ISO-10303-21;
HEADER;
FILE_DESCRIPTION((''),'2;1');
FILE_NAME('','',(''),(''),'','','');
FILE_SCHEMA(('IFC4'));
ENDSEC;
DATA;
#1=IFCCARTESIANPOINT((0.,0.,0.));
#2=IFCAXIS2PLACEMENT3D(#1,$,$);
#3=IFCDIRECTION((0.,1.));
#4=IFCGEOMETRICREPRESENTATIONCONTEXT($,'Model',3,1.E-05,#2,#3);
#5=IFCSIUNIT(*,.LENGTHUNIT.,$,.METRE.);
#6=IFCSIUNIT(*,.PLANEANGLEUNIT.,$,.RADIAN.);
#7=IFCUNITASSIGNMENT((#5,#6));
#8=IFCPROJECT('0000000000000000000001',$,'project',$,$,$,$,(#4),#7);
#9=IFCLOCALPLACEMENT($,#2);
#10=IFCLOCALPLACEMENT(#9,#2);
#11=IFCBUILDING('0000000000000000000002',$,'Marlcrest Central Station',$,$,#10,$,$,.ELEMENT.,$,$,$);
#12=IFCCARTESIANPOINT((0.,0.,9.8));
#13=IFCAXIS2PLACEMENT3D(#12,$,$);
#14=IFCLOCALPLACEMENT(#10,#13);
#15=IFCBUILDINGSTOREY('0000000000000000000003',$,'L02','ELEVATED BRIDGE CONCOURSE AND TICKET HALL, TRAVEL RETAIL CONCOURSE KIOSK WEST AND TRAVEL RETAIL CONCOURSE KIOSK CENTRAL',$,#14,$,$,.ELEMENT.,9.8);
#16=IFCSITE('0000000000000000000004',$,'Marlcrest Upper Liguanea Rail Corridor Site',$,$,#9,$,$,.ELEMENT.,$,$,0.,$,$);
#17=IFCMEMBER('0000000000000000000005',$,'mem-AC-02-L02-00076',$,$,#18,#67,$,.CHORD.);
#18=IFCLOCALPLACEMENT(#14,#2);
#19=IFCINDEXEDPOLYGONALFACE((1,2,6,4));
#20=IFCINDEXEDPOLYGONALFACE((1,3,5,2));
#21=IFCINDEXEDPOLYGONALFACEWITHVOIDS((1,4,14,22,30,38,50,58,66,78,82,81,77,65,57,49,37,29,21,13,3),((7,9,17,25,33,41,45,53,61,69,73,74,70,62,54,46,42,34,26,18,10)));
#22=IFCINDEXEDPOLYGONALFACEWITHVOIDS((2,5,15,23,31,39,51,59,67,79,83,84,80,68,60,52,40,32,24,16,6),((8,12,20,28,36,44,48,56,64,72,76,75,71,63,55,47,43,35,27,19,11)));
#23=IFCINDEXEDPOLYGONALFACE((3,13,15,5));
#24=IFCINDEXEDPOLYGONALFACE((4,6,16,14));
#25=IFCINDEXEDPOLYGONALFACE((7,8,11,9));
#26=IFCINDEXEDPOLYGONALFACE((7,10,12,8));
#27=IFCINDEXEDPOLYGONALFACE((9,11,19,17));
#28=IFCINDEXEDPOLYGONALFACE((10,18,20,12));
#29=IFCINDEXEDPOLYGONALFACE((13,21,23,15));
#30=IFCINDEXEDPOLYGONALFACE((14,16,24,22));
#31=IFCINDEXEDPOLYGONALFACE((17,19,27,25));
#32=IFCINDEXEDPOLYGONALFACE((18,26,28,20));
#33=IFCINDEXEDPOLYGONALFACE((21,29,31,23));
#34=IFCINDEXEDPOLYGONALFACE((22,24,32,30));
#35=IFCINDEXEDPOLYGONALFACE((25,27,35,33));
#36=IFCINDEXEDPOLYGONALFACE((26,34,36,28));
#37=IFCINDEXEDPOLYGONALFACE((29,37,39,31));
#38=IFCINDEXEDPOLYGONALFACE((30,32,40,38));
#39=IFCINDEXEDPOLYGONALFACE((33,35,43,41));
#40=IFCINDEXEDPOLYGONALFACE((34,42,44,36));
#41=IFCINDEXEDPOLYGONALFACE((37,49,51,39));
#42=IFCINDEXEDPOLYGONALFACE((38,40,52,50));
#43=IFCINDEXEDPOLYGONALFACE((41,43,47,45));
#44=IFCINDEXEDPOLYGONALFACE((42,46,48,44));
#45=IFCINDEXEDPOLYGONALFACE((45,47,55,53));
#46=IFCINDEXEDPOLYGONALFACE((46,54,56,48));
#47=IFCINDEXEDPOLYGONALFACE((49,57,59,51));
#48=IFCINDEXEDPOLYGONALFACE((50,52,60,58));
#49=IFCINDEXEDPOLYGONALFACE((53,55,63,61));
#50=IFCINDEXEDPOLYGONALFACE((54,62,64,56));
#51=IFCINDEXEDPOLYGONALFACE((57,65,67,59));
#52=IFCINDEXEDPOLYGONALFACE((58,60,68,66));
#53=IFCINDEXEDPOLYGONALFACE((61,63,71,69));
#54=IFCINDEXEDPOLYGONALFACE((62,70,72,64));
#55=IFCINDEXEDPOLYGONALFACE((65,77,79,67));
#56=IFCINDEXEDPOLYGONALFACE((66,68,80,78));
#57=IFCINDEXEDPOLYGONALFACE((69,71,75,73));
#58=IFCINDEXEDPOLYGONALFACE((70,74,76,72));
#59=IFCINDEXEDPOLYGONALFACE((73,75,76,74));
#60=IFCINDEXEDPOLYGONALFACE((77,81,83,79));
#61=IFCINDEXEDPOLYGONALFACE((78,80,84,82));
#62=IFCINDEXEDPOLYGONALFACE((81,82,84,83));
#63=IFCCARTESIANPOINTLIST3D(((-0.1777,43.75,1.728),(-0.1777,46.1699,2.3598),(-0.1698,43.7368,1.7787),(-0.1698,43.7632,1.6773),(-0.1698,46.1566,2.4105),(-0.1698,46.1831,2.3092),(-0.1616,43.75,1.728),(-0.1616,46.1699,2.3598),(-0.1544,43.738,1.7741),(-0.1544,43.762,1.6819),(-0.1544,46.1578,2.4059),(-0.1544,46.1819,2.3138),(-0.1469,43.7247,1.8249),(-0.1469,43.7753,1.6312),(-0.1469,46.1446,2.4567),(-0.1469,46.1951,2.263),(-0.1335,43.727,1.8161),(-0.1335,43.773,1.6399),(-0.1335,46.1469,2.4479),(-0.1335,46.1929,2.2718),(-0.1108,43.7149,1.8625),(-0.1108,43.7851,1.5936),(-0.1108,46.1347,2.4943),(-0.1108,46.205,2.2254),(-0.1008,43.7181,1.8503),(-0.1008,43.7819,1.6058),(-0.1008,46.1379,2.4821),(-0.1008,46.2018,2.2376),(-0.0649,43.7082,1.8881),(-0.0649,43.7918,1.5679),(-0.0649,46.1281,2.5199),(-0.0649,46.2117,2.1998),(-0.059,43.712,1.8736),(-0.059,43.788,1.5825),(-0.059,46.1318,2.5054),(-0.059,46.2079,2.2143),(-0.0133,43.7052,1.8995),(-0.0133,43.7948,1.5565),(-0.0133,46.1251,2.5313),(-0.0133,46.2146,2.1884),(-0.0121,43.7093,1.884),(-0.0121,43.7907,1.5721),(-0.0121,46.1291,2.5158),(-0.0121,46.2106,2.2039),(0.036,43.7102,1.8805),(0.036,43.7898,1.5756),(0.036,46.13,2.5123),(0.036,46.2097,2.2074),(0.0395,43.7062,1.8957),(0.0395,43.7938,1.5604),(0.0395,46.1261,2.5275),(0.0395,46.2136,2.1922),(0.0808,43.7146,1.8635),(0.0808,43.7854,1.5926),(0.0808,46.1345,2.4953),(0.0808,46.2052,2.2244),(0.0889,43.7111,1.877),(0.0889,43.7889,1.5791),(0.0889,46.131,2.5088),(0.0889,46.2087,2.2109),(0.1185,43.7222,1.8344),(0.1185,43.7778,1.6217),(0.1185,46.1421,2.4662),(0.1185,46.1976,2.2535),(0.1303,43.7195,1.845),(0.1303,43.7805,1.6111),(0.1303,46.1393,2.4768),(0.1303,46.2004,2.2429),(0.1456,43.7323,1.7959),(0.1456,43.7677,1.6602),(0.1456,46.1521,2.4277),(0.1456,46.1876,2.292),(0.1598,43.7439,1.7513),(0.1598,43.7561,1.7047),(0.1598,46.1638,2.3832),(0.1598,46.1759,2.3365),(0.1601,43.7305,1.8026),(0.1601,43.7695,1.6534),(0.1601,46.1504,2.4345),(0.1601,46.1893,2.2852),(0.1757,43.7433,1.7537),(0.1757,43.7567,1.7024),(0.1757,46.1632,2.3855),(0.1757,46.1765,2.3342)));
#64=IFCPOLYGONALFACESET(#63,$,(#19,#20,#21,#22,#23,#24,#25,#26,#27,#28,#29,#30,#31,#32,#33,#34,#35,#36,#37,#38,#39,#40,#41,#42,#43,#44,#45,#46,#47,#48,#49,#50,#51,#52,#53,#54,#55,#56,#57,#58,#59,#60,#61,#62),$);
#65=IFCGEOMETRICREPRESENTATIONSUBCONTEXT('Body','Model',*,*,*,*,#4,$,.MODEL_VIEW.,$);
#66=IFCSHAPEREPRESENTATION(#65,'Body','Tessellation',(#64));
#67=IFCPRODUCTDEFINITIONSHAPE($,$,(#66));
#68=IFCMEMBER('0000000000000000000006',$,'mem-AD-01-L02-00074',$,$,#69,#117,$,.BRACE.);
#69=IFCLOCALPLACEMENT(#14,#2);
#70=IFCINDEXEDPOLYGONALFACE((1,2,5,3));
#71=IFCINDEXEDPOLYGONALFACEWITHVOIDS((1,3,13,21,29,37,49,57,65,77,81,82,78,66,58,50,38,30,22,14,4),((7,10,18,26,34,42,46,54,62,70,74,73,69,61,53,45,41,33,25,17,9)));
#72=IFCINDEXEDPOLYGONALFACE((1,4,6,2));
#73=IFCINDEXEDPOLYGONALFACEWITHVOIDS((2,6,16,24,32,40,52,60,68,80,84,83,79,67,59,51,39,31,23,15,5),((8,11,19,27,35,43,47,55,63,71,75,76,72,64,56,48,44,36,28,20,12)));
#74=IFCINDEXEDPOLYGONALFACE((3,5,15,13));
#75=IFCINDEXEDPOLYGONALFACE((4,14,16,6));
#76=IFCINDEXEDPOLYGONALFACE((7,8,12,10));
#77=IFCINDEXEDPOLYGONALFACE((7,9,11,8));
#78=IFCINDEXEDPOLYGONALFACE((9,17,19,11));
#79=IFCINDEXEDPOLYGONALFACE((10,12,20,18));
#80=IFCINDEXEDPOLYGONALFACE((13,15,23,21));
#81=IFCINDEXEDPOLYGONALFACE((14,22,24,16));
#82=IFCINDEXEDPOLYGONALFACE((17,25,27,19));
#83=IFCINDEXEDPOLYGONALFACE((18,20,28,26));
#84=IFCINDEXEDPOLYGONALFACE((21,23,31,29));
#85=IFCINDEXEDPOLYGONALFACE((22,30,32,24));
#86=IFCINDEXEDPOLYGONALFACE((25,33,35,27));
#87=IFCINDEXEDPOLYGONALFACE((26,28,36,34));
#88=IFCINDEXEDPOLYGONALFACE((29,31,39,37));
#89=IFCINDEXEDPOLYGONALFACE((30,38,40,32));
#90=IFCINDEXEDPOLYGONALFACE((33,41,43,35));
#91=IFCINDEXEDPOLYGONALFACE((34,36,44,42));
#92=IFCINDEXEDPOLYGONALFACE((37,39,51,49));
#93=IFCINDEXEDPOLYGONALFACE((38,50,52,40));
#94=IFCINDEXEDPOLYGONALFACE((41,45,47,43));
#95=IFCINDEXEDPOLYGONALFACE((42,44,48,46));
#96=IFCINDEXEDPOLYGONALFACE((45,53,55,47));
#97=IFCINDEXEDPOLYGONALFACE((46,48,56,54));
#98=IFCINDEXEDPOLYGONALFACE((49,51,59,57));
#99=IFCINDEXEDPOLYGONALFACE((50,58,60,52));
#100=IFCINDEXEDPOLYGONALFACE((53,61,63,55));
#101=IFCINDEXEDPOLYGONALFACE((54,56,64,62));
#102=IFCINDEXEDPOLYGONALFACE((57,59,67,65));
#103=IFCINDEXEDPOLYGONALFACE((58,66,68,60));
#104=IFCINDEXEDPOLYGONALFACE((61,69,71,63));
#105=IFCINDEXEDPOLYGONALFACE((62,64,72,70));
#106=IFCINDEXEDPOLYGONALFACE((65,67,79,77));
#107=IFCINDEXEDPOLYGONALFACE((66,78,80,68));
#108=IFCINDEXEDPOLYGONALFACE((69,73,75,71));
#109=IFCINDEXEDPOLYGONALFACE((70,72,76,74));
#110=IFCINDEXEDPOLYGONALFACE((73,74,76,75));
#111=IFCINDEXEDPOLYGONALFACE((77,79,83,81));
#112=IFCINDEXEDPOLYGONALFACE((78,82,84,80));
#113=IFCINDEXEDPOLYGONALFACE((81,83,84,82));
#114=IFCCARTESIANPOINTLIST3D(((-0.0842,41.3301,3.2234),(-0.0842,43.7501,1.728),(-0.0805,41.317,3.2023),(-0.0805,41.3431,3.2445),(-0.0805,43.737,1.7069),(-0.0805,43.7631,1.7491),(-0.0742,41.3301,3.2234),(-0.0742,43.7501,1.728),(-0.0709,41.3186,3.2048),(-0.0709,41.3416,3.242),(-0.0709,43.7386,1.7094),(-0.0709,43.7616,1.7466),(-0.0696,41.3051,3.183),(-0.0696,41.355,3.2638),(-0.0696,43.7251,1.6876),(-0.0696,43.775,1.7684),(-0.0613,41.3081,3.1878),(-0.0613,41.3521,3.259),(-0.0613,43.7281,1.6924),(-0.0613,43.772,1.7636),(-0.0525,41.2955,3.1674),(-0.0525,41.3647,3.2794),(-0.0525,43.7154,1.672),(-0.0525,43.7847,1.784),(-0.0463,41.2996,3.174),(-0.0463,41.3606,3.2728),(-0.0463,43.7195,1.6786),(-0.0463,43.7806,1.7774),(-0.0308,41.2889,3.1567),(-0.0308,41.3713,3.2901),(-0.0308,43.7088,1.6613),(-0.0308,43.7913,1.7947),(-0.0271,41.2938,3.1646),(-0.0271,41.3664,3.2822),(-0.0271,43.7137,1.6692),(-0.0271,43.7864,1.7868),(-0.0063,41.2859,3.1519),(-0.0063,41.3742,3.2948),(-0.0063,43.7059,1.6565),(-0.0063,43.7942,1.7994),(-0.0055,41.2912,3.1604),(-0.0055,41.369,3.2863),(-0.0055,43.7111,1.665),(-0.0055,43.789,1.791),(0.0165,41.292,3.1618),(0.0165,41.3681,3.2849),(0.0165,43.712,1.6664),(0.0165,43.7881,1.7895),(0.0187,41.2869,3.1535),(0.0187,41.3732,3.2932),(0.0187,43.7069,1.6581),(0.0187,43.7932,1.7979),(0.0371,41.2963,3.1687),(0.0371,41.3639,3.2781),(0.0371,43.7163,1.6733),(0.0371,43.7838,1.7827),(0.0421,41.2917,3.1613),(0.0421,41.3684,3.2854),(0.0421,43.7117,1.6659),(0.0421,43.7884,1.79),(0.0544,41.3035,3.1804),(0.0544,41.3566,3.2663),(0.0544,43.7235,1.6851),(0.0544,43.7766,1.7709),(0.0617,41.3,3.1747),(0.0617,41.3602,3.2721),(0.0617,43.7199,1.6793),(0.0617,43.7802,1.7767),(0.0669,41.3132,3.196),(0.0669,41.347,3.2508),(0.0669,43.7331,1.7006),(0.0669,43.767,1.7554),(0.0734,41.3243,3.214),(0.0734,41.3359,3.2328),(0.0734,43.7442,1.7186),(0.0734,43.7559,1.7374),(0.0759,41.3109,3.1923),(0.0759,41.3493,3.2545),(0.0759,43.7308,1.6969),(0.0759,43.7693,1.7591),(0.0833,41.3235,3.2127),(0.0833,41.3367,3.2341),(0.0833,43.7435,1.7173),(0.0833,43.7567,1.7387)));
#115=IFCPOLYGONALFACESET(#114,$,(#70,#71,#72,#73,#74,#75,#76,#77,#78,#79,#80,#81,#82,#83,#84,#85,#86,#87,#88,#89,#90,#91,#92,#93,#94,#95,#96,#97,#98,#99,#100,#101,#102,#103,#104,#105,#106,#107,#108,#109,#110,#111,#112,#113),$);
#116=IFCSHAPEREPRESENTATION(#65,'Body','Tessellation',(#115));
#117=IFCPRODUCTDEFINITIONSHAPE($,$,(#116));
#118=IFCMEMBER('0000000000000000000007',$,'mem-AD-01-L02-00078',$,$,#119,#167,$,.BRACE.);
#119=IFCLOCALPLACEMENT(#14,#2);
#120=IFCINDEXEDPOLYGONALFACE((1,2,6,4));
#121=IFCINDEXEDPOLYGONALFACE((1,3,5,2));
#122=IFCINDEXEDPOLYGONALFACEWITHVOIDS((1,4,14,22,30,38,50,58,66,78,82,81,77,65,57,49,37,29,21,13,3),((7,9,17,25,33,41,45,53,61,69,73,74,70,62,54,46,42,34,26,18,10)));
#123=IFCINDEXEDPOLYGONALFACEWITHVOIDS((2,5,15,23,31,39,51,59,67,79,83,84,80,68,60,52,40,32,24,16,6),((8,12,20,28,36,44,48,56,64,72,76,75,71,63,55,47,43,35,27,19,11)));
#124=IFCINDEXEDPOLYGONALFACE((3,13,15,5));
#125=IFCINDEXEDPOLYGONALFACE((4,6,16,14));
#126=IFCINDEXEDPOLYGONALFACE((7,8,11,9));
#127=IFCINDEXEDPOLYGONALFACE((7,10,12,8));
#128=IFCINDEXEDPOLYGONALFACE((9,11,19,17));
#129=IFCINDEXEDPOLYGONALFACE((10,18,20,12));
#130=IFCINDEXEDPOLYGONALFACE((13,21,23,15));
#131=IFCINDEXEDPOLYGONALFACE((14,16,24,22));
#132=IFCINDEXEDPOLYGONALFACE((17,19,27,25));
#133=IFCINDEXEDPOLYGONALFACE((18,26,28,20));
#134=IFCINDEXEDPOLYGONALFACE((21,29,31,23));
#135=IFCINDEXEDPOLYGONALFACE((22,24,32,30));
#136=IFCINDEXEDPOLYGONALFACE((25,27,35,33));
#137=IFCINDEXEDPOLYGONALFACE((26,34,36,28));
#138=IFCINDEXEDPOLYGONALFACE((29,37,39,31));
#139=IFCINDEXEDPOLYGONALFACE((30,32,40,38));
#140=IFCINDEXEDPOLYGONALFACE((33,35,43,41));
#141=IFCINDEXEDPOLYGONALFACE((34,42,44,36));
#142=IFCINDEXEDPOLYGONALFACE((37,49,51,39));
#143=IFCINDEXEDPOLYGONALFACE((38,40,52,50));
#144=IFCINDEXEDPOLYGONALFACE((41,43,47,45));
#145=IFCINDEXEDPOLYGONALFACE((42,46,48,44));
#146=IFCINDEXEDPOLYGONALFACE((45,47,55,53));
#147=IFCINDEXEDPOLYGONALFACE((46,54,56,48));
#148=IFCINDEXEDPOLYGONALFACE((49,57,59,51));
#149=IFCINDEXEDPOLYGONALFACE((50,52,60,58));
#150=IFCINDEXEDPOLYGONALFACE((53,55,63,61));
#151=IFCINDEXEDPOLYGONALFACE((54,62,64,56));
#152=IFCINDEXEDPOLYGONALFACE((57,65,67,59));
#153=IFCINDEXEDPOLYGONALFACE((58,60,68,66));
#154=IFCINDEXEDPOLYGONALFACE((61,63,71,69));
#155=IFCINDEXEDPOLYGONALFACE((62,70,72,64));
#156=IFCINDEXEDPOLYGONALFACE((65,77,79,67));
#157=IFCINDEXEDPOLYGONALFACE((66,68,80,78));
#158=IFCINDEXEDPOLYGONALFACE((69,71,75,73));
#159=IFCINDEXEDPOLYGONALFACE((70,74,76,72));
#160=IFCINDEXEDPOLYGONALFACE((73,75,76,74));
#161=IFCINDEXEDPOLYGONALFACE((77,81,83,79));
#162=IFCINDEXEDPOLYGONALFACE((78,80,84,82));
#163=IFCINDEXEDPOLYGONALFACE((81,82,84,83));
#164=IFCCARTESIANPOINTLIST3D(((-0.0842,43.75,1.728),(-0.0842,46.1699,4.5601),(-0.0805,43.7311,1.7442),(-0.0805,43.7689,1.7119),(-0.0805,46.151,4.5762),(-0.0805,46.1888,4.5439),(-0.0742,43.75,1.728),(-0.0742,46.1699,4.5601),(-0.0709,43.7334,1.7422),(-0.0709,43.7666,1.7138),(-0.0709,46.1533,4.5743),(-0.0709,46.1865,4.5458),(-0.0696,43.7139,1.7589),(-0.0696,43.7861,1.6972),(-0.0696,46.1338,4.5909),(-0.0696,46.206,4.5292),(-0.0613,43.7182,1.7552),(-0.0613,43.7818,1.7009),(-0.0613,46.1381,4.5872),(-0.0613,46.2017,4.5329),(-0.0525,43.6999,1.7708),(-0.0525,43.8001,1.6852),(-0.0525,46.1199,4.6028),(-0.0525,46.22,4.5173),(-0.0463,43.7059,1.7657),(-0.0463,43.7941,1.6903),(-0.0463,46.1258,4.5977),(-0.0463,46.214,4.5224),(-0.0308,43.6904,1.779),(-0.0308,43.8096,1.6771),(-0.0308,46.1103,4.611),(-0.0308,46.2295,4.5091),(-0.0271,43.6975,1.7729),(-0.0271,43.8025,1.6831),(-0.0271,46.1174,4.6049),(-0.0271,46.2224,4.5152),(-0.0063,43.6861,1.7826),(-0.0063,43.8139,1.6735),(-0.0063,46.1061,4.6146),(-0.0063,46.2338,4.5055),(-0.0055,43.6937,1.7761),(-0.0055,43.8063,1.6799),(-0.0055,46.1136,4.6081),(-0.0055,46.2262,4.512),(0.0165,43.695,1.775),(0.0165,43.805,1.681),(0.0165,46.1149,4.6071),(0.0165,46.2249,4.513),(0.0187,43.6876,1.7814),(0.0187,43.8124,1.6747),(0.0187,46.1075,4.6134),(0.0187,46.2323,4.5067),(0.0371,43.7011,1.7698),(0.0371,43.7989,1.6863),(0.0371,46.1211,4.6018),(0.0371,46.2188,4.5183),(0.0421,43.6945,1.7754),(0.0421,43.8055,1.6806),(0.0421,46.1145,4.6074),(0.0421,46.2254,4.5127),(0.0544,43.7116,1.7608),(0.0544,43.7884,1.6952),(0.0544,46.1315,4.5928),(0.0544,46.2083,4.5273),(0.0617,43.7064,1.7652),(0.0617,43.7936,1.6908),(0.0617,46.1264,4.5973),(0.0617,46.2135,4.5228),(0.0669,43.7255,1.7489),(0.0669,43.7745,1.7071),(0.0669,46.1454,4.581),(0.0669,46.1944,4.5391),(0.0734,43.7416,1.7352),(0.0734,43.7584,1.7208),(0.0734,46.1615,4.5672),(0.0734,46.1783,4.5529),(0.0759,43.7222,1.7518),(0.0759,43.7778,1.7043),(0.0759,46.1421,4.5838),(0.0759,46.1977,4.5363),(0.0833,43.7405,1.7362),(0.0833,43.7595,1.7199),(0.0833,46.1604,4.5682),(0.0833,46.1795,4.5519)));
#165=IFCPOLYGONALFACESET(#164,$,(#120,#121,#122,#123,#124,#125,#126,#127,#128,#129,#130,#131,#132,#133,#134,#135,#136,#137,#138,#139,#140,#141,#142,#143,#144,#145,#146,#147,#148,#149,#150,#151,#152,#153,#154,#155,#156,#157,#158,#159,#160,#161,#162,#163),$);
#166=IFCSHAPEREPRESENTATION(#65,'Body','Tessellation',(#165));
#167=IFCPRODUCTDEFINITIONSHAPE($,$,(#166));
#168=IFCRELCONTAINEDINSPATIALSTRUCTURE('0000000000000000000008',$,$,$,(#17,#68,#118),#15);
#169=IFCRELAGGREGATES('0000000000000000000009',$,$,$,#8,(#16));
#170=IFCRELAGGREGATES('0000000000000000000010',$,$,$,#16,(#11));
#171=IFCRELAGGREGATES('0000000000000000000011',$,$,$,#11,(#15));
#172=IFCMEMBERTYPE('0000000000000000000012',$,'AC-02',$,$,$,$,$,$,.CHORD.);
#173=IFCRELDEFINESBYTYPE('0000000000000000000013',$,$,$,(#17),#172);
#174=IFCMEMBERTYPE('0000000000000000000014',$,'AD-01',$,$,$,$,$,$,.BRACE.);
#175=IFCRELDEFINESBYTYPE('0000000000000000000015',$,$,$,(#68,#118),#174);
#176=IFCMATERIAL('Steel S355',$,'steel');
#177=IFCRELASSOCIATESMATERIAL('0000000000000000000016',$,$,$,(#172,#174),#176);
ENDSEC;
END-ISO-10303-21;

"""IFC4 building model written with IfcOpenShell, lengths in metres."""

from ifc_helpers import new_model, si_unit, direction, frame, origin, origin_2d, place, context, subcontext, project, spatial, hollow_circle, extrude, material, material_profile, profile_set, type_object, element, save


model = new_model("IFC4")

# Units and contexts
model_context = context("Model", 3, precision=1e-05, world=origin(), true_north=direction((0.0, 1.0)))
body_context = subcontext(model_context, "Body", "Model", "MODEL_VIEW")
ifc_project = project(units=[si_unit("LENGTHUNIT", "METRE"), si_unit("PLANEANGLEUNIT", "RADIAN")], contexts=[model_context])

# Site, building, storey
site_placement = place(None, origin())
site = spatial("IfcSite", under=ifc_project, at=site_placement, Name="Marlcrest Upper Liguanea Rail Corridor Site", CompositionType="ELEMENT", RefElevation=0.0)
building_placement = place(site_placement, origin())
building = spatial("IfcBuilding", under=site, at=building_placement, Name="Marlcrest Central Station", CompositionType="ELEMENT")
storey_placement = place(building_placement, frame((0.0, 0.0, 9.8)))
storey = spatial("IfcBuildingStorey", under=building, at=storey_placement, Name="L02", Description="ELEVATED BRIDGE CONCOURSE AND TICKET HALL, TRAVEL RETAIL CONCOURSE KIOSK WEST AND TRAVEL RETAIL CONCOURSE KIOSK CENTRAL", CompositionType="ELEMENT", Elevation=9.8)

# Members
ifc_material = material(Name="Steel S355", Category="steel")
ifc_material_profile_1 = material_profile(ifc_material, hollow_circle(Radius=0.1777, WallThickness=0.0161, at=origin_2d()), Name="CHS 355.6x16")
ifc_profile_set_1 = profile_set([ifc_material_profile_1], Name="Steel S355")
member_type_1 = type_object("IfcMemberType", Name="AC-02", PredefinedType="CHORD", material=ifc_profile_set_1)
member_1_placement = place(storey_placement, frame((0.0, 43.75, 1.728), z_axis=(0.0, 0.967563, 0.252629), x_axis=(-1.0, 0.0, 0.0)))
element("IfcMember", 1, at=member_1_placement, inside=storey, type_object=member_type_1, Name="mem-AC-02-L02-00076", PredefinedType="CHORD", context=body_context, shape_type="SweptSolid", body=[
    extrude(hollow_circle(Radius=0.1777, WallThickness=0.0161, at=origin_2d()), origin(), (0.0, 0.0, 1.0), 2.501),
])
ifc_material_profile_2 = material_profile(ifc_material, hollow_circle(Radius=0.0842, WallThickness=0.01, at=origin_2d()), Name="CHS 168.3x10")
ifc_profile_set_2 = profile_set([ifc_material_profile_2], Name="Steel S355")
member_type_2 = type_object("IfcMemberType", Name="AD-01", PredefinedType="BRACE", material=ifc_profile_set_2)
member_2_placement = place(storey_placement, frame((0.0, 41.3301, 3.2234), z_axis=(0.0, 0.850687, -0.525672), x_axis=(-1.0, 0.0, 0.0)))
element("IfcMember", 2, at=member_2_placement, inside=storey, type_object=member_type_2, Name="mem-AD-01-L02-00074", PredefinedType="BRACE", context=body_context, shape_type="SweptSolid", body=[
    extrude(hollow_circle(Radius=0.0842, WallThickness=0.01, at=origin_2d()), origin(), (0.0, 0.0, 1.0), 2.8447),
])
member_3_placement = place(storey_placement, frame((0.0, 43.75, 1.728), z_axis=(0.0, 0.649625, 0.760255), x_axis=(-1.0, 0.0, 0.0)))
element("IfcMember", 3, at=member_3_placement, inside=storey, type_object=member_type_2, Name="mem-AD-01-L02-00078", PredefinedType="BRACE", context=body_context, shape_type="SweptSolid", body=[
    extrude(hollow_circle(Radius=0.0842, WallThickness=0.01, at=origin_2d()), origin(), (0.0, 0.0, 1.0), 3.7251),
])

save(model, "model.ifc")
